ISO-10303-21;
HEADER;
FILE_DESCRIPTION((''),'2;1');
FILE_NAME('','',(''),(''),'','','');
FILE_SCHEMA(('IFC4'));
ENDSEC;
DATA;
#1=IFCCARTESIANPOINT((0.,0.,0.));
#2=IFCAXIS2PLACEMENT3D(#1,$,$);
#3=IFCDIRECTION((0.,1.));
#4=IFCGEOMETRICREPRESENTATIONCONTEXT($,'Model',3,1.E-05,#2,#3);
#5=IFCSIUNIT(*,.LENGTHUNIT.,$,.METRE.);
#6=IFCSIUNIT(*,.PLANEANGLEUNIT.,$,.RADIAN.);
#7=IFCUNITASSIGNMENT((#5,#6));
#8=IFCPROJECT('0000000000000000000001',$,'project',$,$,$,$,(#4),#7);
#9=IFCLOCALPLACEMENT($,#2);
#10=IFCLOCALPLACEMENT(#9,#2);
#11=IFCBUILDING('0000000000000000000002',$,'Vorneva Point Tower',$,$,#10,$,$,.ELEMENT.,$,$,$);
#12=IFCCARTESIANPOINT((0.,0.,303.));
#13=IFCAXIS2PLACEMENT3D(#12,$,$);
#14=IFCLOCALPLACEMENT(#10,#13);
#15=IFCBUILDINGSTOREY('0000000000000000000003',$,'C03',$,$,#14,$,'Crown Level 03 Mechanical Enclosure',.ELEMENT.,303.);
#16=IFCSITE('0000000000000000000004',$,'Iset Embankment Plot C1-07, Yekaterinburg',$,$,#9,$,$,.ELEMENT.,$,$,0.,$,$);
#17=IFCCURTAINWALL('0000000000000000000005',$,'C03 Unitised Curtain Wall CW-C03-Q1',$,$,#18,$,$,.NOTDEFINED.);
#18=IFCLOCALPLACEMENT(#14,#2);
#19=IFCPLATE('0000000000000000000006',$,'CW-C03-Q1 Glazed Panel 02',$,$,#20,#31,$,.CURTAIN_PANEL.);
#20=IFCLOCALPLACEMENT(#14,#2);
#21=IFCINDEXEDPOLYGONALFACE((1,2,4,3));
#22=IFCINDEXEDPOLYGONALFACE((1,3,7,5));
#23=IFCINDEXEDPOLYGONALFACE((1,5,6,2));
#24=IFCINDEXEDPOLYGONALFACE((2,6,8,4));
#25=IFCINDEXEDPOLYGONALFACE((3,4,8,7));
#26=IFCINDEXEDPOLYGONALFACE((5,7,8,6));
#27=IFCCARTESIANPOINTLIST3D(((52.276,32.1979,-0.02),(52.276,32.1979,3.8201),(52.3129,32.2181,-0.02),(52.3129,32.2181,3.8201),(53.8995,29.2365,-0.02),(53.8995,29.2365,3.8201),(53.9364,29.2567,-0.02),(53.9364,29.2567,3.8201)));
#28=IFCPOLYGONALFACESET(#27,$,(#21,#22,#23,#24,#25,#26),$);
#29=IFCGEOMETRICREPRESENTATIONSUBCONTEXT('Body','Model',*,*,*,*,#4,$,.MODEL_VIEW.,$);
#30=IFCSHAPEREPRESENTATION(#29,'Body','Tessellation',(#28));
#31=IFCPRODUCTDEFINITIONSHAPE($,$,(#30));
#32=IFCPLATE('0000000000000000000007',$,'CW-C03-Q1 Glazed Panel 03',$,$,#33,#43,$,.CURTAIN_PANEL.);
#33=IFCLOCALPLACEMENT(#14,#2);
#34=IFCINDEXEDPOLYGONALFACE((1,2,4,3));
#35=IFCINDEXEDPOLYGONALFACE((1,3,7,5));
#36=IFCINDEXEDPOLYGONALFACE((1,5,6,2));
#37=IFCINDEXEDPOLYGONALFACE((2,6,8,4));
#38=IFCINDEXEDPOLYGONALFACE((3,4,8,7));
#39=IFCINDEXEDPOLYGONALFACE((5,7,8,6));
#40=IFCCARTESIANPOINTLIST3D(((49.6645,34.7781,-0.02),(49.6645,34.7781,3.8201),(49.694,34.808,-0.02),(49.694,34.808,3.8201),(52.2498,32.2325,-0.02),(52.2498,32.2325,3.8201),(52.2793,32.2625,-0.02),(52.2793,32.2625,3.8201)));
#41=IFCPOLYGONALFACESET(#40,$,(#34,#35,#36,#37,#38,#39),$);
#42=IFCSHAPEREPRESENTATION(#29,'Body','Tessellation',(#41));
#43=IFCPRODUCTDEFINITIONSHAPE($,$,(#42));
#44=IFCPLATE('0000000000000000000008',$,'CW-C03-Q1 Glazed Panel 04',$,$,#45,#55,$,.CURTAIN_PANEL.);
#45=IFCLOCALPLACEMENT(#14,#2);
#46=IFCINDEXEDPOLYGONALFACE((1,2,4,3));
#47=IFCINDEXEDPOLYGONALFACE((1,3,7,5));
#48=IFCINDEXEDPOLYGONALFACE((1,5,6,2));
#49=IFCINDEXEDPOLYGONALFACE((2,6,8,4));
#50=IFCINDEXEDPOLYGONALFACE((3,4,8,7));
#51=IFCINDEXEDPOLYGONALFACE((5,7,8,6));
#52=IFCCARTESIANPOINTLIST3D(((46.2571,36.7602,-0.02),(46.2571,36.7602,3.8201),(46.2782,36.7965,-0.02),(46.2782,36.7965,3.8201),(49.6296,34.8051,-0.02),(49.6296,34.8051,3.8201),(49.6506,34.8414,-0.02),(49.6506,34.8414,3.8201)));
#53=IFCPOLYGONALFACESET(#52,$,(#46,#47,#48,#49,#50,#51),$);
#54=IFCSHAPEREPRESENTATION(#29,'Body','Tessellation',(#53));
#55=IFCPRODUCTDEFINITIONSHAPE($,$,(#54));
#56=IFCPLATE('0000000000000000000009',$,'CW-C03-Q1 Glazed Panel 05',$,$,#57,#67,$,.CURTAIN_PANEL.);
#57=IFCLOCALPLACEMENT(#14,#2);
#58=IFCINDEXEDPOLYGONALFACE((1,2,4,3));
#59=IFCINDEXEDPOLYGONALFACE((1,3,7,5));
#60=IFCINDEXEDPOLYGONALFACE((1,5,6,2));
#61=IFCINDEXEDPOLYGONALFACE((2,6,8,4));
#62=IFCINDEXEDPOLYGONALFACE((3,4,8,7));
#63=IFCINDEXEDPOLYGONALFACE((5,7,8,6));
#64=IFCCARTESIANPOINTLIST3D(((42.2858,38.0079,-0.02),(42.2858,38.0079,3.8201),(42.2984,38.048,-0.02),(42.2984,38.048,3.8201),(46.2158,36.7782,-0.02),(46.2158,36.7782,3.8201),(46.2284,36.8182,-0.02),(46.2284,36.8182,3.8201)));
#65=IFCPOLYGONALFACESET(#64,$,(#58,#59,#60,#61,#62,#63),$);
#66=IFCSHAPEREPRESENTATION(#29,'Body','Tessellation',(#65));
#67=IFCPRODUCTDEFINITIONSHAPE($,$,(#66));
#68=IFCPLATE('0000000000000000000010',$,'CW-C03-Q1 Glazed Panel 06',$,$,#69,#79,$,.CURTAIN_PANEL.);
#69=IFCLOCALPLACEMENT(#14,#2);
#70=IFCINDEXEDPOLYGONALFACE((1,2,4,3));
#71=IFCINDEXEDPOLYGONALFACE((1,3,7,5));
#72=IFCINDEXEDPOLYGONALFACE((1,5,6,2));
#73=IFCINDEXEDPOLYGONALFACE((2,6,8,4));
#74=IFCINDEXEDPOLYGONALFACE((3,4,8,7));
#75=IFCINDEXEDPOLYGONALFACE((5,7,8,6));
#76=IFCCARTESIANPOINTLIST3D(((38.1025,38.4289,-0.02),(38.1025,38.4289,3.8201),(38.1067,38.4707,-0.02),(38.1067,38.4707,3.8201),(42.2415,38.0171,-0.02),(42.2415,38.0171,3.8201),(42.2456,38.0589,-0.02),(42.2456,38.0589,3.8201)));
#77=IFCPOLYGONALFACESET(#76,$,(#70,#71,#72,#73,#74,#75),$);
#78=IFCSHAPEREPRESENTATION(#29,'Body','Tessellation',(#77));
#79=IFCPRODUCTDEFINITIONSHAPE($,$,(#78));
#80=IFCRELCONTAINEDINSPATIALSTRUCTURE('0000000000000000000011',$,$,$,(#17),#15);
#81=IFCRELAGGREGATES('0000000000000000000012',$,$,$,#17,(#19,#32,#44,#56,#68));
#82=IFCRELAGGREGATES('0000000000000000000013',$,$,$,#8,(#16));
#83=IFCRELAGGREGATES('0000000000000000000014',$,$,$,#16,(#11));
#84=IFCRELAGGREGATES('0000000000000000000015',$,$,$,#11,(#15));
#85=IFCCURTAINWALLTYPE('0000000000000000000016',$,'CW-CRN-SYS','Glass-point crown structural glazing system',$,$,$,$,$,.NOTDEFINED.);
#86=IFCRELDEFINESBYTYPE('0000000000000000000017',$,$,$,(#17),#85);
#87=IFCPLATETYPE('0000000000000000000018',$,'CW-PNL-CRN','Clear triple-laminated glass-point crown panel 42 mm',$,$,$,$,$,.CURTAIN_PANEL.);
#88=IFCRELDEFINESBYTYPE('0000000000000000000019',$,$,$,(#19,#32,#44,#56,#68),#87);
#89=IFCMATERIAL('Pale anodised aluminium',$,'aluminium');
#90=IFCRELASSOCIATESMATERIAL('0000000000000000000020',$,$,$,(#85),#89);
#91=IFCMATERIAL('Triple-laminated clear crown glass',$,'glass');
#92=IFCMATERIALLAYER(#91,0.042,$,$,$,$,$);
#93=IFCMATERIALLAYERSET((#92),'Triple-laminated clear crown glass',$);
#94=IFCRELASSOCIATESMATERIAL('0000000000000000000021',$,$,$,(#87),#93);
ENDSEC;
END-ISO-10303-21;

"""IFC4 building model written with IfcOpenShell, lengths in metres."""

from ifc_helpers import new_model, si_unit, direction, frame, origin, origin_2d, place, context, subcontext, project, spatial, rectangle, extrude, material, layer, layer_set, type_object, element, aggregate, save


model = new_model("IFC4")

# Units and contexts
model_context = context("Model", 3, precision=1e-05, world=origin(), true_north=direction((0.0, 1.0)))
body_context = subcontext(model_context, "Body", "Model", "MODEL_VIEW")
ifc_project = project(units=[si_unit("LENGTHUNIT", "METRE"), si_unit("PLANEANGLEUNIT", "RADIAN")], contexts=[model_context])

# Site, building, storey
site_placement = place(None, origin())
site = spatial("IfcSite", under=ifc_project, at=site_placement, Name="Iset Embankment Plot C1-07, Yekaterinburg", CompositionType="ELEMENT", RefElevation=0.0)
building_placement = place(site_placement, origin())
building = spatial("IfcBuilding", under=site, at=building_placement, Name="Vorneva Point Tower", CompositionType="ELEMENT")
storey_placement = place(building_placement, frame((0.0, 0.0, 303.0)))
storey = spatial("IfcBuildingStorey", under=building, at=storey_placement, Name="C03", LongName="Crown Level 03 Mechanical Enclosure", CompositionType="ELEMENT", Elevation=303.0)

# Curtain wall
ifc_material_1 = material(Name="Pale anodised aluminium", Category="aluminium")
curtain_wall_type = type_object("IfcCurtainWallType", Name="CW-CRN-SYS", Description="Glass-point crown structural glazing system", PredefinedType="NOTDEFINED", material=ifc_material_1)
curtain_wall_placement = place(storey_placement, origin())
curtain_wall = element("IfcCurtainWall", 1, at=curtain_wall_placement, inside=storey, type_object=curtain_wall_type, Name="C03 Unitised Curtain Wall CW-C03-Q1", PredefinedType="NOTDEFINED")

# Plates
ifc_material_2 = material(Name="Triple-laminated clear crown glass", Category="glass")
ifc_layer = layer(ifc_material_2, 0.042)
ifc_layer_set = layer_set([ifc_layer], Name="Triple-laminated clear crown glass")
plate_type = type_object("IfcPlateType", Name="CW-PNL-CRN", Description="Clear triple-laminated glass-point crown panel 42 mm", PredefinedType="CURTAIN_PANEL", material=ifc_layer_set)
plate_1_placement = place(storey_placement, frame((53.1062, 30.7273, -0.02), z_axis=(0.0, 0.0, 1.0), x_axis=(-0.480729, 0.876869, 0.0)))
plate_1 = element("IfcPlate", 2, at=plate_1_placement, type_object=plate_type, Name="CW-C03-Q1 Glazed Panel 02", PredefinedType="CURTAIN_PANEL", context=body_context, shape_type="SweptSolid", body=[
    extrude(rectangle(XDim=3.3772, YDim=0.042, at=origin_2d()), origin(), (0.0, 0.0, 1.0), 3.8401),
])
plate_2_placement = place(storey_placement, frame((50.9719, 33.5203, -0.02), z_axis=(0.0, 0.0, 1.0), x_axis=(-0.712565, 0.701606, 0.0)))
plate_2 = element("IfcPlate", 3, at=plate_2_placement, type_object=plate_type, Name="CW-C03-Q1 Glazed Panel 03", PredefinedType="CURTAIN_PANEL", context=body_context, shape_type="SweptSolid", body=[
    extrude(rectangle(XDim=3.6282, YDim=0.042, at=origin_2d()), origin(), (0.0, 0.0, 1.0), 3.8401),
])
plate_3_placement = place(storey_placement, frame((47.9539, 35.8008, -0.02), z_axis=(0.0, 0.0, 1.0), x_axis=(-0.865134, 0.501541, 0.0)))
plate_3 = element("IfcPlate", 4, at=plate_3_placement, type_object=plate_type, Name="CW-C03-Q1 Glazed Panel 04", PredefinedType="CURTAIN_PANEL", context=body_context, shape_type="SweptSolid", body=[
    extrude(rectangle(XDim=3.8982, YDim=0.042, at=origin_2d()), origin(), (0.0, 0.0, 1.0), 3.8401),
])
plate_4_placement = place(storey_placement, frame((44.2571, 37.4131, -0.02), z_axis=(0.0, 0.0, 1.0), x_axis=(-0.954366, 0.298641, 0.0)))
plate_4 = element("IfcPlate", 5, at=plate_4_placement, type_object=plate_type, Name="CW-C03-Q1 Glazed Panel 05", PredefinedType="CURTAIN_PANEL", context=body_context, shape_type="SweptSolid", body=[
    extrude(rectangle(XDim=4.1179, YDim=0.042, at=origin_2d()), origin(), (0.0, 0.0, 1.0), 3.8401),
])
plate_5_placement = place(storey_placement, frame((40.1741, 38.2439, -0.02), z_axis=(0.0, 0.0, 1.0), x_axis=(-0.995088, 0.09899, 0.0)))
plate_5 = element("IfcPlate", 6, at=plate_5_placement, type_object=plate_type, Name="CW-C03-Q1 Glazed Panel 06", PredefinedType="CURTAIN_PANEL", context=body_context, shape_type="SweptSolid", body=[
    extrude(rectangle(XDim=4.1594, YDim=0.042, at=origin_2d()), origin(), (0.0, 0.0, 1.0), 3.8401),
])
aggregate(curtain_wall, [plate_1, plate_2, plate_3, plate_4, plate_5])

save(model, "model.ifc")
